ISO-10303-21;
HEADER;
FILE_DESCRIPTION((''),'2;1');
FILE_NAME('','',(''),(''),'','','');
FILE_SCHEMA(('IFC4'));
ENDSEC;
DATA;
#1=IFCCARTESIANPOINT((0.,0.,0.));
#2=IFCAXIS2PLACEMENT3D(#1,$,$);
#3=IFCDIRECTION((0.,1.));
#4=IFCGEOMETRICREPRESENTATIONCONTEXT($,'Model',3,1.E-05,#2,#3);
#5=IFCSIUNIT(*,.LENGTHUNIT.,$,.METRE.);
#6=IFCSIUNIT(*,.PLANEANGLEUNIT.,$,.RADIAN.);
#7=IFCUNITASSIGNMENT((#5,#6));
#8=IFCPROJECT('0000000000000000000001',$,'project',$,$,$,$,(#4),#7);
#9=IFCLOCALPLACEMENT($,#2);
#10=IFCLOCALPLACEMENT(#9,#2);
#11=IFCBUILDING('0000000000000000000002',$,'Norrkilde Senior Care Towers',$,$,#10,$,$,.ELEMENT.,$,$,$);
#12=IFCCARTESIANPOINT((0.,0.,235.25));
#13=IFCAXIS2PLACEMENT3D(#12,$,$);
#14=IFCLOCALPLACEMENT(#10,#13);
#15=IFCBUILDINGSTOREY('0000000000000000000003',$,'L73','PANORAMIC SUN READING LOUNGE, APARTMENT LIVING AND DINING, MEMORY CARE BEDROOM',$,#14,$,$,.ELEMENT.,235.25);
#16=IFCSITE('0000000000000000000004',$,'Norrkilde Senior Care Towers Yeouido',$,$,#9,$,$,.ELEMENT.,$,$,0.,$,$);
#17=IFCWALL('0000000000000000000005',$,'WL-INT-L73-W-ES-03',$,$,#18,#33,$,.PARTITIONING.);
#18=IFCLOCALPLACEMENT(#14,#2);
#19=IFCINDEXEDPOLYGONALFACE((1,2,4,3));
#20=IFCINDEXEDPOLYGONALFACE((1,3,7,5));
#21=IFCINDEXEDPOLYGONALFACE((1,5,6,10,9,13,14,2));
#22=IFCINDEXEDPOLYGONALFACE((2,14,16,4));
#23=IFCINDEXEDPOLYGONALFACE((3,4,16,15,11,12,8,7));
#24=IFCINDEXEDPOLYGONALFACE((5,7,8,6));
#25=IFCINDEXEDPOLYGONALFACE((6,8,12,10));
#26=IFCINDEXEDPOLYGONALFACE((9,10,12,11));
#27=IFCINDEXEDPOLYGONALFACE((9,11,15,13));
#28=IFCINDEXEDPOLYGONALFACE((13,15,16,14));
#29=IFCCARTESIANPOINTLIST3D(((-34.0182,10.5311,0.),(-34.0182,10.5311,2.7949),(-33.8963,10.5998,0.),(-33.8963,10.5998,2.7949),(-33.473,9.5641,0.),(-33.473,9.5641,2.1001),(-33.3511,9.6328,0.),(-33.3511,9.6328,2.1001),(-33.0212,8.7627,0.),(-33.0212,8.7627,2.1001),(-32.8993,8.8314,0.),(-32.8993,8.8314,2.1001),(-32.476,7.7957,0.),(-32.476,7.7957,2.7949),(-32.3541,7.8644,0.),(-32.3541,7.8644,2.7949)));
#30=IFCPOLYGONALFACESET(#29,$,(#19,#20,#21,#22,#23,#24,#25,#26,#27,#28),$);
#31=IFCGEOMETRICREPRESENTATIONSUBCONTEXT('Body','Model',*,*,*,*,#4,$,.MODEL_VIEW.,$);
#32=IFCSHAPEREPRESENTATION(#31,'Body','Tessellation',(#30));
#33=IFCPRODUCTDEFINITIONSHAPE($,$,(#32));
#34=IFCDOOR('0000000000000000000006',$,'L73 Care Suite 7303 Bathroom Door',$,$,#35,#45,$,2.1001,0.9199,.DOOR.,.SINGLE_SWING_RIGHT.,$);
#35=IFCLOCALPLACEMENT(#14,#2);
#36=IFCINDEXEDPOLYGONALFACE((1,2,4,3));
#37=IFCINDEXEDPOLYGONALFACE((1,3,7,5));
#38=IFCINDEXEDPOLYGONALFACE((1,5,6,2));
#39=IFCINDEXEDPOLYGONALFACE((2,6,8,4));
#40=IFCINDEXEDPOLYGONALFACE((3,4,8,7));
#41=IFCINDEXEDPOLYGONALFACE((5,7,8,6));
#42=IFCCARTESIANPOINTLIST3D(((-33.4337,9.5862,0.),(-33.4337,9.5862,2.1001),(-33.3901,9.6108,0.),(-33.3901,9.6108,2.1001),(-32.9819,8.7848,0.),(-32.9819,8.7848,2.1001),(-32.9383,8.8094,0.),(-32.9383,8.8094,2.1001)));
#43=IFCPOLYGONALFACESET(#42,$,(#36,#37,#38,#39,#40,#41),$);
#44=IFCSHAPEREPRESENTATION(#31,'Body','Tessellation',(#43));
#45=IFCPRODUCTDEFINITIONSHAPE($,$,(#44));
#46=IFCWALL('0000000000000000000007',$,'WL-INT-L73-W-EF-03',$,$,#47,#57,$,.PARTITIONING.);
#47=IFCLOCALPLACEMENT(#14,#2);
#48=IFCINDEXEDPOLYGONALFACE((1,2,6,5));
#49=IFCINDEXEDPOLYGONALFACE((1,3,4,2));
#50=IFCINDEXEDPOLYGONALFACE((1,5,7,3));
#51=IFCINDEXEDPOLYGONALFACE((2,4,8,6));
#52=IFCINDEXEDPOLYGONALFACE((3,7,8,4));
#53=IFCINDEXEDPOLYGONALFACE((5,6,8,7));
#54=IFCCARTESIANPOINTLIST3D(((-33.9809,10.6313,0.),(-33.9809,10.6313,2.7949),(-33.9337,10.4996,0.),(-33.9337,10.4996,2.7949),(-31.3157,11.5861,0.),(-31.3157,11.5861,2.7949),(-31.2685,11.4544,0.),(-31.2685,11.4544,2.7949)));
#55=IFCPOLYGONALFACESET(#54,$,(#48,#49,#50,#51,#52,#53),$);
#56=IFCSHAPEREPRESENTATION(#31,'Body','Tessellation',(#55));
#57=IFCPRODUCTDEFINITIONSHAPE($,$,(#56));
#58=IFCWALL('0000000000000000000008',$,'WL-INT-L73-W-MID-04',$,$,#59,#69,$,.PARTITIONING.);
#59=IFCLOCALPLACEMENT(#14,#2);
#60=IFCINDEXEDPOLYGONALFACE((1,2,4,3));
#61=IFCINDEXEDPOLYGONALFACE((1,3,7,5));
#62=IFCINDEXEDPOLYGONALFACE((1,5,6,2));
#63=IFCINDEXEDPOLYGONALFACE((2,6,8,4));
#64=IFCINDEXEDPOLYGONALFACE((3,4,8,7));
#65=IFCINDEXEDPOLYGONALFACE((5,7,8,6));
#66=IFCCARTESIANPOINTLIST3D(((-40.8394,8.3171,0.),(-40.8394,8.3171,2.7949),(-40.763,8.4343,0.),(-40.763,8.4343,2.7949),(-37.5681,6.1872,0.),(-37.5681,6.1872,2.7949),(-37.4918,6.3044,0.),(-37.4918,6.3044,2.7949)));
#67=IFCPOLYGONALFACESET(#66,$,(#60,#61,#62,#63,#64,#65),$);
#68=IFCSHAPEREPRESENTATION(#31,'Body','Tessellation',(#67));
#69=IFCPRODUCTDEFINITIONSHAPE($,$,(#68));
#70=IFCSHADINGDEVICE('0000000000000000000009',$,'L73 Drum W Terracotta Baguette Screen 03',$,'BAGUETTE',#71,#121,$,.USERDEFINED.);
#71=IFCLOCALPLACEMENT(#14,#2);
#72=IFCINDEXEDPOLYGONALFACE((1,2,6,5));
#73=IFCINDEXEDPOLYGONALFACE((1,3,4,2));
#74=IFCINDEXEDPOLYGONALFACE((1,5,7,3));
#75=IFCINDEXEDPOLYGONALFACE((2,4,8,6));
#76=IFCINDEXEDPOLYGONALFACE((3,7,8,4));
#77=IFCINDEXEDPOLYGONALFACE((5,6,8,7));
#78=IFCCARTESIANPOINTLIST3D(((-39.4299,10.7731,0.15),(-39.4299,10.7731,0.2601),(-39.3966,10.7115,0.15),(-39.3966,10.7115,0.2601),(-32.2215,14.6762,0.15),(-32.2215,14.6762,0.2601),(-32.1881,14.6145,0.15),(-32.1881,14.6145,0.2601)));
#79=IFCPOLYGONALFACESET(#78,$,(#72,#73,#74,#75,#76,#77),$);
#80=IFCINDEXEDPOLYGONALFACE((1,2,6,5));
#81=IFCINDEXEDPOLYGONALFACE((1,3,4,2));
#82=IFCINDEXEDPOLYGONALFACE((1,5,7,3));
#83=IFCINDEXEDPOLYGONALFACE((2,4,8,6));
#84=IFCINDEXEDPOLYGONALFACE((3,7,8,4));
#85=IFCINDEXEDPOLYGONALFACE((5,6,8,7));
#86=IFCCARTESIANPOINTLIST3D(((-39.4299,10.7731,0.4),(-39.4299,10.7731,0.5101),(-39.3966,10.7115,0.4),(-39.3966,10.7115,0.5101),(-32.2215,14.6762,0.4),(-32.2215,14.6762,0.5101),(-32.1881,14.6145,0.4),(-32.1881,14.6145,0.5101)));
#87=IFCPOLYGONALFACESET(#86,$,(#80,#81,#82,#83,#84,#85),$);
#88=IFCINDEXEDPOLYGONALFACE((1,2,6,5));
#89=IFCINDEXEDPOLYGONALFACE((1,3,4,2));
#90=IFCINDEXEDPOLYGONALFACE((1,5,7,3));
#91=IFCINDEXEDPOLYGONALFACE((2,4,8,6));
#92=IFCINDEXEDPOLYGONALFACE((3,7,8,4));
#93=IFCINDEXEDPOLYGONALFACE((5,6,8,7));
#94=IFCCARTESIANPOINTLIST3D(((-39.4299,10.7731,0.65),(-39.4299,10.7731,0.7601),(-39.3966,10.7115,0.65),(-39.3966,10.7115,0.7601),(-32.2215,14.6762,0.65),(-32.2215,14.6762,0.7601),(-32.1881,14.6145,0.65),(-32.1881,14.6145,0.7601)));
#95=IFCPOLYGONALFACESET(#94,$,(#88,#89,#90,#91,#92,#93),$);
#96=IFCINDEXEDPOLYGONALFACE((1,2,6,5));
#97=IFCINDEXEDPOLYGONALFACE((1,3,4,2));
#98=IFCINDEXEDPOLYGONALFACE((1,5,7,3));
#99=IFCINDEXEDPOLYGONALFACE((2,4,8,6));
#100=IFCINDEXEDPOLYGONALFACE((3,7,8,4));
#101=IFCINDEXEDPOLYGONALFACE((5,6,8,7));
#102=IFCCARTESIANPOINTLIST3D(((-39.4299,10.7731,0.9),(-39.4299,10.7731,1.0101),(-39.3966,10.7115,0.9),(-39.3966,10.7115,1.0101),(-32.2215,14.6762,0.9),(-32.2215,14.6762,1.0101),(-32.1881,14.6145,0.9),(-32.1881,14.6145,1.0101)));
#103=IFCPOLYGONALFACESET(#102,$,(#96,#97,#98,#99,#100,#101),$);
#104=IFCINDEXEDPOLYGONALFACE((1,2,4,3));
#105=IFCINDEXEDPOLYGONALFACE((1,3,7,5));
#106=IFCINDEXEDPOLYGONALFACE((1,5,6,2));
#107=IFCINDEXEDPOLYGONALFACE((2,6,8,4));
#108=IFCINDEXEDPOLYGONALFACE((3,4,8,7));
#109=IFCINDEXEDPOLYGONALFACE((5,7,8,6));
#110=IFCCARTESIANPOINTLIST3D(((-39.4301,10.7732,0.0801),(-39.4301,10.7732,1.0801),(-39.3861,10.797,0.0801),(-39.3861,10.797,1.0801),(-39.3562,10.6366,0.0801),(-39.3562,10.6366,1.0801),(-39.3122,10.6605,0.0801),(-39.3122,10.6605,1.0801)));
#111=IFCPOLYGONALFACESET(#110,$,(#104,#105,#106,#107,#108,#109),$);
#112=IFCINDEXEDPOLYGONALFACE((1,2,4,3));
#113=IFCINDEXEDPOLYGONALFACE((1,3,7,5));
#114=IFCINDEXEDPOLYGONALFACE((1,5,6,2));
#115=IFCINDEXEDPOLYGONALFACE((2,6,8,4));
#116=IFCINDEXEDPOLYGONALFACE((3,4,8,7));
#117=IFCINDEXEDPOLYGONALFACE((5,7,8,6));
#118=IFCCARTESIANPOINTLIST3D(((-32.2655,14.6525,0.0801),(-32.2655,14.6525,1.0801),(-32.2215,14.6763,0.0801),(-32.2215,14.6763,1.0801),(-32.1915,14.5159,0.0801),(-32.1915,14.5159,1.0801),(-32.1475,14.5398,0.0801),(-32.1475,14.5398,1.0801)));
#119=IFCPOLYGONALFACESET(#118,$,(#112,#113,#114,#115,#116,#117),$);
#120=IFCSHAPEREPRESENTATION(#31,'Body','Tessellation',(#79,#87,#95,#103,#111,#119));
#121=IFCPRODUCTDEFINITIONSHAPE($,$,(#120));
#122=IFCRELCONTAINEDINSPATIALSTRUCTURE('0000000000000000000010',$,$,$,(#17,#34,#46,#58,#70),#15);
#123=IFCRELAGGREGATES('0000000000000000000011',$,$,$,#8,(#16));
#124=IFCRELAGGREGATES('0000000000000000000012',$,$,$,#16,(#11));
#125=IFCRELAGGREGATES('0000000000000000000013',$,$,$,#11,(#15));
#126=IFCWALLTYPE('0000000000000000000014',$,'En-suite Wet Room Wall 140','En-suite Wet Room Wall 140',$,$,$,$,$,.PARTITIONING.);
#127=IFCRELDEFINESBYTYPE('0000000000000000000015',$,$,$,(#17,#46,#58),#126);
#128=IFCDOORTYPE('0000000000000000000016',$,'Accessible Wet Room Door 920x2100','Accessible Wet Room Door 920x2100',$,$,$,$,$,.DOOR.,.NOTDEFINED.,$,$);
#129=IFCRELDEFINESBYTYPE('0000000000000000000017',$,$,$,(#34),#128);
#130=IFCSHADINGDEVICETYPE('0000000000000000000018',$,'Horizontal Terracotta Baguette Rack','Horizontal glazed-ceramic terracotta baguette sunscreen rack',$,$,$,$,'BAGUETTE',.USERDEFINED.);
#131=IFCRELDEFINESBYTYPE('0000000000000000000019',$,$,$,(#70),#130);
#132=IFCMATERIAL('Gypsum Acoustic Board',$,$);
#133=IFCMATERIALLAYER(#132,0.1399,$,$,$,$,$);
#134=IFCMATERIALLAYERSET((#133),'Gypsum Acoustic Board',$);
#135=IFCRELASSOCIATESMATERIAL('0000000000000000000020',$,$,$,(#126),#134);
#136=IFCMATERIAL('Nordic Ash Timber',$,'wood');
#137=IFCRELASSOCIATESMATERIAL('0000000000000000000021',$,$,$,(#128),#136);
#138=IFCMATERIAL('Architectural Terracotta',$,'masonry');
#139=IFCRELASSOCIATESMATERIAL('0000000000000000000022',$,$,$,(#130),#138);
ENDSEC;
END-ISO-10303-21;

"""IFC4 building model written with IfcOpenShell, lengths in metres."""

from ifc_helpers import new_model, si_unit, direction, frame, frame_2d, origin, origin_2d, place, context, subcontext, project, spatial, rectangle, extrude, source, transform, mapped, material, layer, layer_set, type_object, type_shapes, element, fill, save


model = new_model("IFC4")

# Units and contexts
model_context = context("Model", 3, precision=1e-05, world=origin(), true_north=direction((0.0, 1.0)))
body_context = subcontext(model_context, "Body", "Model", "MODEL_VIEW")
ifc_project = project(units=[si_unit("LENGTHUNIT", "METRE"), si_unit("PLANEANGLEUNIT", "RADIAN")], contexts=[model_context])

# Site, building, storey
site_placement = place(None, origin())
site = spatial("IfcSite", under=ifc_project, at=site_placement, Name="Norrkilde Senior Care Towers Yeouido", CompositionType="ELEMENT", RefElevation=0.0)
building_placement = place(site_placement, origin())
building = spatial("IfcBuilding", under=site, at=building_placement, Name="Norrkilde Senior Care Towers", CompositionType="ELEMENT")
storey_placement = place(building_placement, frame((0.0, 0.0, 235.25)))
storey = spatial("IfcBuildingStorey", under=building, at=storey_placement, Name="L73", Description="PANORAMIC SUN READING LOUNGE, APARTMENT LIVING AND DINING, MEMORY CARE BEDROOM", CompositionType="ELEMENT", Elevation=235.25)

# Shared definitions
ifc_material_1 = material(Name="Gypsum Acoustic Board")
ifc_material_2 = material(Name="Nordic Ash Timber", Category="wood")

# Wall, opening, door
ifc_layer_1 = layer(ifc_material_1, 0.1399)
ifc_layer_set_1 = layer_set([ifc_layer_1], Name="Gypsum Acoustic Board")
wall_type_1 = type_object("IfcWallType", Name="En-suite Wet Room Wall 140", Description="En-suite Wet Room Wall 140", PredefinedType="PARTITIONING", material=ifc_layer_set_1)
shared_shape_1 = source(origin(), body_context, "Body", "SweptSolid", [
    extrude(rectangle(XDim=3.1401, YDim=0.1399, at=frame_2d((1.5701, 0.0))), origin(), (0.0, 0.0, 1.0), 2.7949),
])
wall_1_placement = place(storey_placement, frame((-32.415, 7.8301, 0.0), z_axis=(0.0, 0.0, 1.0), x_axis=(-0.491132, 0.871085, 0.0)))
wall_1 = element("IfcWall", 1, at=wall_1_placement, inside=storey, type_object=wall_type_1, Name="WL-INT-L73-W-ES-03", PredefinedType="PARTITIONING", context=body_context, shape_type="MappedRepresentation", body=[
    mapped(shared_shape_1, transform((0.0, 0.0, 0.0), x_axis=(1.0, 0.0, 0.0), y_axis=(0.0, 1.0, 0.0), z_axis=(0.0, 0.0, 1.0), scale=1.0)),
])
opening_1_placement = place(wall_1_placement, frame((1.1101, 0.0, 0.0)))
opening_1 = element("IfcOpeningElement", 2, at=opening_1_placement, cuts=wall_1, PredefinedType="OPENING", context=body_context, shape_type="SweptSolid", body=[
    extrude(rectangle(XDim=0.9199, YDim=2.1001, at=frame_2d((0.46, 1.05))), frame((0.0, 0.0798, 0.0), z_axis=(0.0, -1.0, 0.0), x_axis=(1.0, 0.0, 0.0)), (0.0, 0.0, 1.0), 0.1599),
])
door_type_1 = type_object("IfcDoorType", Name="Accessible Wet Room Door 920x2100", Description="Accessible Wet Room Door 920x2100", OperationType="NOTDEFINED", PredefinedType="DOOR", material=ifc_material_2)
shared_shape_2 = source(origin(), body_context, "Body", "SweptSolid", [
    extrude(rectangle(XDim=0.9199, YDim=2.1001, at=frame_2d((0.46, 1.05))), frame((0.0, 0.0249, 0.0), z_axis=(0.0, -1.0, 0.0), x_axis=(1.0, 0.0, 0.0)), (0.0, 0.0, 1.0), 0.05),
])
type_shapes(door_type_1, [shared_shape_2])
door_1_placement = place(opening_1_placement, origin())
door_1 = element("IfcDoor", 3, at=door_1_placement, inside=storey, type_object=door_type_1, Name="L73 Care Suite 7303 Bathroom Door", OperationType="SINGLE_SWING_RIGHT", OverallHeight=2.1001, OverallWidth=0.9199, PredefinedType="DOOR", context=body_context, shape_type="MappedRepresentation", body=[
    mapped(shared_shape_2, transform((0.0, 0.0, 0.0), x_axis=(1.0, 0.0, 0.0), y_axis=(0.0, 1.0, 0.0), z_axis=(0.0, 0.0, 1.0), scale=1.0)),
])
fill(opening_1, door_1)

# Walls
shared_shape_3 = source(origin(), body_context, "Body", "SweptSolid", [
    extrude(rectangle(XDim=2.8311, YDim=0.1399, at=frame_2d((1.4155, 0.0))), origin(), (0.0, 0.0, 1.0), 2.7949),
])
wall_2_placement = place(storey_placement, frame((-33.9573, 10.5654, 0.0), z_axis=(0.0, 0.0, 1.0), x_axis=(0.941412, 0.337259, 0.0)))
element("IfcWall", 4, at=wall_2_placement, inside=storey, type_object=wall_type_1, Name="WL-INT-L73-W-EF-03", PredefinedType="PARTITIONING", context=body_context, shape_type="MappedRepresentation", body=[
    mapped(shared_shape_3, transform((0.0, 0.0, 0.0), x_axis=(1.0, 0.0, 0.0), y_axis=(0.0, 1.0, 0.0), z_axis=(0.0, 0.0, 1.0), scale=1.0)),
])
shared_shape_4 = source(origin(), body_context, "Body", "SweptSolid", [
    extrude(rectangle(XDim=3.9036, YDim=0.1399, at=frame_2d((1.9517, 0.0))), origin(), (0.0, 0.0, 1.0), 2.7949),
])
type_shapes(wall_type_1, [shared_shape_1, shared_shape_3, shared_shape_4])
wall_3_placement = place(storey_placement, frame((-37.53, 6.2458, 0.0), z_axis=(0.0, 0.0, 1.0), x_axis=(-0.838025, 0.545632, 0.0)))
element("IfcWall", 5, at=wall_3_placement, inside=storey, type_object=wall_type_1, Name="WL-INT-L73-W-MID-04", PredefinedType="PARTITIONING", context=body_context, shape_type="MappedRepresentation", body=[
    mapped(shared_shape_4, transform((0.0, 0.0, 0.0), x_axis=(1.0, 0.0, 0.0), y_axis=(0.0, 1.0, 0.0), z_axis=(0.0, 0.0, 1.0), scale=1.0)),
])

# Shading device
ifc_material_3 = material(Name="Architectural Terracotta", Category="masonry")
shading_device_type = type_object("IfcShadingDeviceType", Name="Horizontal Terracotta Baguette Rack", Description="Horizontal glazed-ceramic terracotta baguette sunscreen rack", ElementType="BAGUETTE", PredefinedType="USERDEFINED", material=ifc_material_3)
shared_shape_5 = source(origin(), body_context, "Body", "SweptSolid", [
    extrude(rectangle(XDim=0.0701, YDim=0.1101, at=origin_2d()), frame((0.0, 0.0901, 0.125), z_axis=(1.0, 0.0, 0.0), x_axis=(0.0, 1.0, 0.0)), (0.0, 0.0, 1.0), 8.1973),
    extrude(rectangle(XDim=0.0701, YDim=0.1101, at=origin_2d()), frame((0.0, 0.0901, 0.375), z_axis=(1.0, 0.0, 0.0), x_axis=(0.0, 1.0, 0.0)), (0.0, 0.0, 1.0), 8.1973),
    extrude(rectangle(XDim=0.0701, YDim=0.1101, at=origin_2d()), frame((0.0, 0.0901, 0.625), z_axis=(1.0, 0.0, 0.0), x_axis=(0.0, 1.0, 0.0)), (0.0, 0.0, 1.0), 8.1973),
    extrude(rectangle(XDim=0.0701, YDim=0.1101, at=origin_2d()), frame((0.0, 0.0901, 0.875), z_axis=(1.0, 0.0, 0.0), x_axis=(0.0, 1.0, 0.0)), (0.0, 0.0, 1.0), 8.1973),
    extrude(rectangle(XDim=0.05, YDim=0.1553, at=origin_2d()), frame((0.0249, 0.0476, 0.0)), (0.0, 0.0, 1.0), 1.0),
    extrude(rectangle(XDim=0.05, YDim=0.1553, at=origin_2d()), frame((8.1724, 0.0476, 0.0)), (0.0, 0.0, 1.0), 1.0),
])
type_shapes(shading_device_type, [shared_shape_5])
shading_device_placement = place(storey_placement, frame((-39.3704, 10.6631, 0.0801), z_axis=(0.0, 0.0, 1.0), x_axis=(0.879378, 0.476144, 0.0)))
element("IfcShadingDevice", 6, at=shading_device_placement, inside=storey, type_object=shading_device_type, Name="L73 Drum W Terracotta Baguette Screen 03", ObjectType="BAGUETTE", PredefinedType="USERDEFINED", context=body_context, shape_type="MappedRepresentation", body=[
    mapped(shared_shape_5, transform((0.0, 0.0, 0.0), x_axis=(1.0, 0.0, 0.0), y_axis=(0.0, 1.0, 0.0), z_axis=(0.0, 0.0, 1.0), scale=1.0)),
])

save(model, "model.ifc")
